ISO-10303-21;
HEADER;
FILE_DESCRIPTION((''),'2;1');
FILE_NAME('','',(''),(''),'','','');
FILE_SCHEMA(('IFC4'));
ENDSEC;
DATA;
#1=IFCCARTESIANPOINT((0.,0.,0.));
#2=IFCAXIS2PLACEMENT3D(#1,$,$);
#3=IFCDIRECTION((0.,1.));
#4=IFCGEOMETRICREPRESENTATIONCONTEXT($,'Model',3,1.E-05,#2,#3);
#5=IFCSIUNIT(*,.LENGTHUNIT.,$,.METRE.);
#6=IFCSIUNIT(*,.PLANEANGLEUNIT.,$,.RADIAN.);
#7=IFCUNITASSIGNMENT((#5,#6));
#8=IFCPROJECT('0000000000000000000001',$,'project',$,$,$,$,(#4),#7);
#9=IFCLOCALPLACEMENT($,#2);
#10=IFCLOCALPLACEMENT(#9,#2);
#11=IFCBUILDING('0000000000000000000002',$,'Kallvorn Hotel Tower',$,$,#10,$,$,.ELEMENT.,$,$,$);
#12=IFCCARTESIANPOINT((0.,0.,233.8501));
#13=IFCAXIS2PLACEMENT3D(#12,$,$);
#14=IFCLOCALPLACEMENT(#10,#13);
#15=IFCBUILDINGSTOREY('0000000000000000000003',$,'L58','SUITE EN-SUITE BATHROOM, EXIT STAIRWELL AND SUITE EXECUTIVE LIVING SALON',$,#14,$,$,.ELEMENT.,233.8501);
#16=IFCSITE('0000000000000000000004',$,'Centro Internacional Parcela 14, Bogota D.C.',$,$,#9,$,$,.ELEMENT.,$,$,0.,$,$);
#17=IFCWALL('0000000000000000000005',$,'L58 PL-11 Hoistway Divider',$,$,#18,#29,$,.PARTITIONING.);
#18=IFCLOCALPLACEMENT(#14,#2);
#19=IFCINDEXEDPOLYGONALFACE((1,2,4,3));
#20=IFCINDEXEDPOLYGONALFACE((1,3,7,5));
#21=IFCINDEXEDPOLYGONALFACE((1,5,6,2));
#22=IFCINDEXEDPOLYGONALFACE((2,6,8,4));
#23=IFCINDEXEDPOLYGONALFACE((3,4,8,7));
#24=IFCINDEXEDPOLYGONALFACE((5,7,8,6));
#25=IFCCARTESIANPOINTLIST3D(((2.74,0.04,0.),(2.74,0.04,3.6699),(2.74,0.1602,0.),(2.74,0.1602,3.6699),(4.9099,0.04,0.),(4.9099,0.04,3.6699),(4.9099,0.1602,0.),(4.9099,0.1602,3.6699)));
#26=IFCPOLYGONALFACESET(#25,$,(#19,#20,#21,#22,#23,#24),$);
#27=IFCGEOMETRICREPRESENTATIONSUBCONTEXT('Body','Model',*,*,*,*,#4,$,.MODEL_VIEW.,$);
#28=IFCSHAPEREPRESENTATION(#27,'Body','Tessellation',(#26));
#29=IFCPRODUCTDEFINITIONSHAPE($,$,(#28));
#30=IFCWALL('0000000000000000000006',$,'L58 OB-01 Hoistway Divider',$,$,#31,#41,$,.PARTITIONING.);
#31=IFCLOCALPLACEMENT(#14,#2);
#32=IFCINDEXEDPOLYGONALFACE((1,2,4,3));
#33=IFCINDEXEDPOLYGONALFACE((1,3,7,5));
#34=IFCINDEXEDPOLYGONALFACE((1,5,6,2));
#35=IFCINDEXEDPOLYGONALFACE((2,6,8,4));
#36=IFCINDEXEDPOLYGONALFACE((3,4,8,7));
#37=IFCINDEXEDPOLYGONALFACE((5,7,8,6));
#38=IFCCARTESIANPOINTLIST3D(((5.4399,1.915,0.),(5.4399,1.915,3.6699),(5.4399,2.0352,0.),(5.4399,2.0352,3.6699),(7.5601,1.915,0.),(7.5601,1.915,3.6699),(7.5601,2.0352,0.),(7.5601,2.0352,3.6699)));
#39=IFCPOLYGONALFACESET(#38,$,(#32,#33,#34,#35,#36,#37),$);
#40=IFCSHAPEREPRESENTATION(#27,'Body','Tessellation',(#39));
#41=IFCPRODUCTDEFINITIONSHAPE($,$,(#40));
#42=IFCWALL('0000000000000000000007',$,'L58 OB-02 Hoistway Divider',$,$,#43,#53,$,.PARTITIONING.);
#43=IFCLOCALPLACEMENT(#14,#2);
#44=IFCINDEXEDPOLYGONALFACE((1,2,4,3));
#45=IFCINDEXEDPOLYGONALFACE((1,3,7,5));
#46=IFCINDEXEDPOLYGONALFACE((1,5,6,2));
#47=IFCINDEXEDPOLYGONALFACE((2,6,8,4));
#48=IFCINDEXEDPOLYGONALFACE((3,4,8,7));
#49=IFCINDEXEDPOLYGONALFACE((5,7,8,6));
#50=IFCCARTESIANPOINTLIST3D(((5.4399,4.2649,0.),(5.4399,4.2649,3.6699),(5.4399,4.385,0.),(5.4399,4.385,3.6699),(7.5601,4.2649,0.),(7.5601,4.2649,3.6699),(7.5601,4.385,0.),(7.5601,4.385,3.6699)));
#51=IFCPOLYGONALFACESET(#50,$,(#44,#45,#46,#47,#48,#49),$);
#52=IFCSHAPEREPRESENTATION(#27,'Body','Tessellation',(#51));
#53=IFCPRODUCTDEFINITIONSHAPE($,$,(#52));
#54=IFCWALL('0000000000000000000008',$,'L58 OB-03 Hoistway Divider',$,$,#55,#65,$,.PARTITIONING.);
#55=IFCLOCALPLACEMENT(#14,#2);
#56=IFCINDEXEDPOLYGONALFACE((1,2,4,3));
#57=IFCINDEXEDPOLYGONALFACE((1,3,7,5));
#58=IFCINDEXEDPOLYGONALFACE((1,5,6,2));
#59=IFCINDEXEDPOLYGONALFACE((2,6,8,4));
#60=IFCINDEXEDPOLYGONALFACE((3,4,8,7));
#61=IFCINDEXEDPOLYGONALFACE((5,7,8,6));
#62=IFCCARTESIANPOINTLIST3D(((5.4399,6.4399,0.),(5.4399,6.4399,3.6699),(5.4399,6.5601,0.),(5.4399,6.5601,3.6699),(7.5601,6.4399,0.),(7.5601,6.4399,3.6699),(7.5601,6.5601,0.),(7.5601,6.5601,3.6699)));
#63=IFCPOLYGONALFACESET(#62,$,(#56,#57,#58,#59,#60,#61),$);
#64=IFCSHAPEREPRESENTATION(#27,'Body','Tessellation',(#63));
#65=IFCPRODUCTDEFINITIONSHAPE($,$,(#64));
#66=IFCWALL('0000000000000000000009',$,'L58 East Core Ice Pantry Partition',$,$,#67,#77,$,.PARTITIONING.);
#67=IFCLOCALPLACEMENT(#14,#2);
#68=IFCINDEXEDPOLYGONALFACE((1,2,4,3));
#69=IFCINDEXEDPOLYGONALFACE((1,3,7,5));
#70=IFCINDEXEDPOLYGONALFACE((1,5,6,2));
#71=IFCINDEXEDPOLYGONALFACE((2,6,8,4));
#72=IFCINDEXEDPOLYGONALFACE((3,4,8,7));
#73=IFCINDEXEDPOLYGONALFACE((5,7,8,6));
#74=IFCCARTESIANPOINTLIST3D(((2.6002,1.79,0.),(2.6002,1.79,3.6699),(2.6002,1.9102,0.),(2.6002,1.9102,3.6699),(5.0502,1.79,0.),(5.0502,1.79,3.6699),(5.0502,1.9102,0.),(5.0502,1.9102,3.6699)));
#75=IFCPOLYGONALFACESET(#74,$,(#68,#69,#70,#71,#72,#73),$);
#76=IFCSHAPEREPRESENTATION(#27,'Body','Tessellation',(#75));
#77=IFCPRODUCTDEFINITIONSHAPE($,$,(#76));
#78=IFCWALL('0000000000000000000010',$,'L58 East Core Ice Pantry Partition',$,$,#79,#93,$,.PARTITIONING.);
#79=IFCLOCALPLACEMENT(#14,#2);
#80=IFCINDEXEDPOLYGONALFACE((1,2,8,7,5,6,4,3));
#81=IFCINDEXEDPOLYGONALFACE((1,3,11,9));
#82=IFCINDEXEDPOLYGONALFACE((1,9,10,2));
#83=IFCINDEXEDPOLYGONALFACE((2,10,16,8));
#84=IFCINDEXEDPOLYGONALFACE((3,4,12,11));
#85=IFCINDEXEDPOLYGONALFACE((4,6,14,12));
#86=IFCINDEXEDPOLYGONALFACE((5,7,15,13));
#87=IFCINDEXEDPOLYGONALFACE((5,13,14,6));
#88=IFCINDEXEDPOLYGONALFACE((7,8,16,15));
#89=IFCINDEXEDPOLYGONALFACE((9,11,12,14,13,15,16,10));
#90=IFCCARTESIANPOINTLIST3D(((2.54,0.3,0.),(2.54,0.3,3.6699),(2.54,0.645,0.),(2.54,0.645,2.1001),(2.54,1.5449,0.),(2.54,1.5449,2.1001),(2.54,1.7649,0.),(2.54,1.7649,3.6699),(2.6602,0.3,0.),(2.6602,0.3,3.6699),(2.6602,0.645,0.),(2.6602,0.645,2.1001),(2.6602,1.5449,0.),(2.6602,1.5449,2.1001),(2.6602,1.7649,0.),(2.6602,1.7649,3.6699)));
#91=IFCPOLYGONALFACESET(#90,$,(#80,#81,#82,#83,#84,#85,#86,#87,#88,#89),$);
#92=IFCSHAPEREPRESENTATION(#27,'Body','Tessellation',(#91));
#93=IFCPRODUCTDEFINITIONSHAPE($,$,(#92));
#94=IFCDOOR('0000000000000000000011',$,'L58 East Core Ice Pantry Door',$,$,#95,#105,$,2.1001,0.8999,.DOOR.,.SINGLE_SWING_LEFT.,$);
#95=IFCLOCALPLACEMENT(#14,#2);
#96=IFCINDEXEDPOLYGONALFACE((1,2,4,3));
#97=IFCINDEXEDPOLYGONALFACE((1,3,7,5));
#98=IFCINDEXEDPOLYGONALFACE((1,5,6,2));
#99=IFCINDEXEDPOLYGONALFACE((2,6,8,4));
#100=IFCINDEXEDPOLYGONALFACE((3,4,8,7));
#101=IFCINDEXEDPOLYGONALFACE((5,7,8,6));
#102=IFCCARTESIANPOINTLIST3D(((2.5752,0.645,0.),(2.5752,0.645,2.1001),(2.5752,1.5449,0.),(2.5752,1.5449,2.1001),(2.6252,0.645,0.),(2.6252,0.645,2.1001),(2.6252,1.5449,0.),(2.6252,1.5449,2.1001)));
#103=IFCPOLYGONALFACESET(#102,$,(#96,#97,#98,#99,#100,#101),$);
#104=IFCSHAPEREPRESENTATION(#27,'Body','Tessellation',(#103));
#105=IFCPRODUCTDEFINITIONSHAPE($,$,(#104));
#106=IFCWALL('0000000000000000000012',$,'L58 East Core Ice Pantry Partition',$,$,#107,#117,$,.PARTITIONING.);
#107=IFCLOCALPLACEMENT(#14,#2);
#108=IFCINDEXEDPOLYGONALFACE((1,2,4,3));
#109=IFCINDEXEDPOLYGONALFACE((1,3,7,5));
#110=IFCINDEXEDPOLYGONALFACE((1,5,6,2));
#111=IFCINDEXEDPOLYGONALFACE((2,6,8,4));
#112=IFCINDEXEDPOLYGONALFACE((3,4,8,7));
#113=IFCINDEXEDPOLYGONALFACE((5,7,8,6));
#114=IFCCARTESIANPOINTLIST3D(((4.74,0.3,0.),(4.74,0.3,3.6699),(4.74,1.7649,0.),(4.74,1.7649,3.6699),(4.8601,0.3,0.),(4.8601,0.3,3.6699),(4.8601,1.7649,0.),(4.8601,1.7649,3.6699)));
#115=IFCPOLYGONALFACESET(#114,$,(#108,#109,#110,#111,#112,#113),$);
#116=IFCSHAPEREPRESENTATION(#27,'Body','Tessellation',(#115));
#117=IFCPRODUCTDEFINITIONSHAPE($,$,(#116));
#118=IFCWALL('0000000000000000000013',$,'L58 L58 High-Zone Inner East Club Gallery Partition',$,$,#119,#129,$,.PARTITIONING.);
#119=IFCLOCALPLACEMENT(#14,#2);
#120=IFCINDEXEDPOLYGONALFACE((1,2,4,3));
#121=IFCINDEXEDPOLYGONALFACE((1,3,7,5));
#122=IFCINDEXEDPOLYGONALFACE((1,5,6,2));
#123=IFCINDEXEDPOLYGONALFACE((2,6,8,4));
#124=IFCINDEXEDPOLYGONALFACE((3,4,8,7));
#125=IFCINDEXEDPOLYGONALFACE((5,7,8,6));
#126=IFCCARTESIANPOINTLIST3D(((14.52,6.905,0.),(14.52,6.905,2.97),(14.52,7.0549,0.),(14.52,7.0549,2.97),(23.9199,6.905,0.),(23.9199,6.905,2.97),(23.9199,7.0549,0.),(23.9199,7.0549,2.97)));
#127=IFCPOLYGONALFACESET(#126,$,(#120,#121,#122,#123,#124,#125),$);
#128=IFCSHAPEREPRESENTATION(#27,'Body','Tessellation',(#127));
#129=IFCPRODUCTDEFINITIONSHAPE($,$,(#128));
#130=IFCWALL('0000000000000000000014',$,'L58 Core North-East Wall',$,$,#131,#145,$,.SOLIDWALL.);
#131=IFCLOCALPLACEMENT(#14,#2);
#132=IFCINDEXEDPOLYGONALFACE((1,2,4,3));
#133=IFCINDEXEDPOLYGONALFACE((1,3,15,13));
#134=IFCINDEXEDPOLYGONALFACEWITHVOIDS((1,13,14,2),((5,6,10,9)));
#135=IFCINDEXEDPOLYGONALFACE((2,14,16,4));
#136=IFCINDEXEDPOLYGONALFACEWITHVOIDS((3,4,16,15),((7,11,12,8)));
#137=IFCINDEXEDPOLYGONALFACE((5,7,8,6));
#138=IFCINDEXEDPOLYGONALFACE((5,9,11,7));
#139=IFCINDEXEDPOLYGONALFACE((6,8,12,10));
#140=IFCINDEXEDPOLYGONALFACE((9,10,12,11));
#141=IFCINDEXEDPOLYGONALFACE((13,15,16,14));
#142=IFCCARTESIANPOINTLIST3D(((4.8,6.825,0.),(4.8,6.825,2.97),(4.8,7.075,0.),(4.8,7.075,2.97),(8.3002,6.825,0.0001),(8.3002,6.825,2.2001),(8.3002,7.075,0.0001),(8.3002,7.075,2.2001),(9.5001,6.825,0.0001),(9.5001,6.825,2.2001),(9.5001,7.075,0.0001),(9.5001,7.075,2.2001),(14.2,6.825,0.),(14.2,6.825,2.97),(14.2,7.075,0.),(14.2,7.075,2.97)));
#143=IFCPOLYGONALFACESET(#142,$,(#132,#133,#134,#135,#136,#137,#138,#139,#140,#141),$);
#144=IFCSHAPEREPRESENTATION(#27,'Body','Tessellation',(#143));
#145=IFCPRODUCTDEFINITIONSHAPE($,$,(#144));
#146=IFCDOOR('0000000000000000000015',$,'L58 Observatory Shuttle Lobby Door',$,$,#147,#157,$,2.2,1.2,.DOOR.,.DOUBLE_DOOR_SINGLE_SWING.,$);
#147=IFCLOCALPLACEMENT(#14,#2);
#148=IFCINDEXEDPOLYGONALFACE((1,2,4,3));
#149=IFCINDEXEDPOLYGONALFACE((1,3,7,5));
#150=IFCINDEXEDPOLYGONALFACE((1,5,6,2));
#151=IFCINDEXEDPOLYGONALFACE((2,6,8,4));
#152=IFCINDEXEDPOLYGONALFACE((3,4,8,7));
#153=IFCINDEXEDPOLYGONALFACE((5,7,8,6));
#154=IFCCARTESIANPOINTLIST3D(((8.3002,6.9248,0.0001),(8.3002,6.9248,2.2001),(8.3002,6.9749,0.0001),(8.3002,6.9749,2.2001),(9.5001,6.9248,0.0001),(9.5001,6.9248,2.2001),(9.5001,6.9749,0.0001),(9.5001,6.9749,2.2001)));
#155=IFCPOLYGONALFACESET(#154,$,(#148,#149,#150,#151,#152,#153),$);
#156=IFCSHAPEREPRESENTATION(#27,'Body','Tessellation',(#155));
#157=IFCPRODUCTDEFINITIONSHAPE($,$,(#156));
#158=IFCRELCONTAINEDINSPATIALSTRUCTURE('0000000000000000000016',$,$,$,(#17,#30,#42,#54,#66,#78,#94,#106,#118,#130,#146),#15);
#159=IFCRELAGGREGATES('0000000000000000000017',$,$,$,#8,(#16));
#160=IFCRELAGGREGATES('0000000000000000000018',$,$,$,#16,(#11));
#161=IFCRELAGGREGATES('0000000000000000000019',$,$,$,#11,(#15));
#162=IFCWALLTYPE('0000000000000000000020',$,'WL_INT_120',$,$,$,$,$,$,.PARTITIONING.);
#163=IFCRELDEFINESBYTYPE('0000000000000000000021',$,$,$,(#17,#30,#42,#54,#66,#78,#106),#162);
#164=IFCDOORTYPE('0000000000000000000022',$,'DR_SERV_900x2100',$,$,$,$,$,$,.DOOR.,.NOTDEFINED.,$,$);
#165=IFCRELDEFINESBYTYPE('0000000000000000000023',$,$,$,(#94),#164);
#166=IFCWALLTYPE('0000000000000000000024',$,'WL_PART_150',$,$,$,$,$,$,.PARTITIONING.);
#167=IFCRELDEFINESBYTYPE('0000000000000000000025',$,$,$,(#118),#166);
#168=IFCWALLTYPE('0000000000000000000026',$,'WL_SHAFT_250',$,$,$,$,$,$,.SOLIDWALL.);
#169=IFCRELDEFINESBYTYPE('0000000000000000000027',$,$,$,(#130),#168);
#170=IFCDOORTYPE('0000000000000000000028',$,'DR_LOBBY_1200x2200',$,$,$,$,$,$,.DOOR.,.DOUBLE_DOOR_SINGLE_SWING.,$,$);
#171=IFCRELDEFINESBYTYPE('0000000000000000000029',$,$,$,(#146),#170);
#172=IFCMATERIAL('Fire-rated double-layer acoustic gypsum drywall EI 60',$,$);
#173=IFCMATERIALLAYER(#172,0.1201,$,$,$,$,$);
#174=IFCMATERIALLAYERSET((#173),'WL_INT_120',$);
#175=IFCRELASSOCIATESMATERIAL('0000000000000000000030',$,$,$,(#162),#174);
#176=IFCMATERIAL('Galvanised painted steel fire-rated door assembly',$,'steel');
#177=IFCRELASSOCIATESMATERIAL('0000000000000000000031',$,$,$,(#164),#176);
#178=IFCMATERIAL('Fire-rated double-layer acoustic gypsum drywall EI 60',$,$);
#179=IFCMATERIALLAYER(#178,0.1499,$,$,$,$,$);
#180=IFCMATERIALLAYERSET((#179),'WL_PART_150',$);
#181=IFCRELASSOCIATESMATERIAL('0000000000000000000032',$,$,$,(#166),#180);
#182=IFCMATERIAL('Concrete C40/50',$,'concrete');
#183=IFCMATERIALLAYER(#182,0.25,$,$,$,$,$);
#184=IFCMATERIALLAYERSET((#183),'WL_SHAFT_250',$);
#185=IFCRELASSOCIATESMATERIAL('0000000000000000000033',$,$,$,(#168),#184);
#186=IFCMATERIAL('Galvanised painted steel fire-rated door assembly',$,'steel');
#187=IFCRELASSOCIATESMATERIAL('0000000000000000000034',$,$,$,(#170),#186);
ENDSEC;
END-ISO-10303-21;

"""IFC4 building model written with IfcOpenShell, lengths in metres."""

from ifc_helpers import new_model, si_unit, direction, frame, frame_2d, origin, place, context, subcontext, project, spatial, rectangle, extrude, material, layer, layer_set, type_object, element, fill, save


model = new_model("IFC4")

# Units and contexts
model_context = context("Model", 3, precision=1e-05, world=origin(), true_north=direction((0.0, 1.0)))
body_context = subcontext(model_context, "Body", "Model", "MODEL_VIEW")
ifc_project = project(units=[si_unit("LENGTHUNIT", "METRE"), si_unit("PLANEANGLEUNIT", "RADIAN")], contexts=[model_context])

# Site, building, storey
site_placement = place(None, origin())
site = spatial("IfcSite", under=ifc_project, at=site_placement, Name="Centro Internacional Parcela 14, Bogota D.C.", CompositionType="ELEMENT", RefElevation=0.0)
building_placement = place(site_placement, origin())
building = spatial("IfcBuilding", under=site, at=building_placement, Name="Kallvorn Hotel Tower", CompositionType="ELEMENT")
storey_placement = place(building_placement, frame((0.0, 0.0, 233.8501)))
storey = spatial("IfcBuildingStorey", under=building, at=storey_placement, Name="L58", Description="SUITE EN-SUITE BATHROOM, EXIT STAIRWELL AND SUITE EXECUTIVE LIVING SALON", CompositionType="ELEMENT", Elevation=233.8501)

# Walls
ifc_material_1 = material(Name="Fire-rated double-layer acoustic gypsum drywall EI 60")
ifc_layer_1 = layer(ifc_material_1, 0.1201)
ifc_layer_set_1 = layer_set([ifc_layer_1], Name="WL_INT_120")
wall_type_1 = type_object("IfcWallType", Name="WL_INT_120", PredefinedType="PARTITIONING", material=ifc_layer_set_1)
wall_1_placement = place(storey_placement, frame((2.74, 0.1001, 0.0), z_axis=(0.0, 0.0, 1.0), x_axis=(1.0, 0.0, 0.0)))
element("IfcWall", 1, at=wall_1_placement, inside=storey, type_object=wall_type_1, Name="L58 PL-11 Hoistway Divider", PredefinedType="PARTITIONING", context=body_context, shape_type="SweptSolid", body=[
    extrude(rectangle(XDim=2.1699, YDim=0.1201, at=frame_2d((1.085, 0.0))), origin(), (0.0, 0.0, 1.0), 3.6699),
])
for number, where, z_axis, x_axis, name in (
    (2, (5.4399, 1.9751, 0.0), (0.0, 0.0, 1.0), (1.0, 0.0, 0.0), "L58 OB-01 Hoistway Divider"),
    (3, (5.4399, 4.325, 0.0), (0.0, 0.0, 1.0), (1.0, 0.0, 0.0), "L58 OB-02 Hoistway Divider"),
    (4, (5.4399, 6.5, 0.0), (0.0, 0.0, 1.0), (1.0, 0.0, 0.0), "L58 OB-03 Hoistway Divider"),
):
    element("IfcWall", number, at=place(storey_placement, frame(where, z_axis=z_axis, x_axis=x_axis)), inside=storey, type_object=wall_type_1, Name=name, PredefinedType="PARTITIONING", context=body_context, shape_type="SweptSolid", body=[
        extrude(rectangle(XDim=2.1201, YDim=0.1201, at=frame_2d((1.0601, 0.0))), origin(), (0.0, 0.0, 1.0), 3.6699),
    ])
wall_2_placement = place(storey_placement, frame((2.6001, 1.8501, 0.0), z_axis=(0.0, 0.0, 1.0), x_axis=(1.0, 0.0, 0.0)))
element("IfcWall", 5, at=wall_2_placement, inside=storey, type_object=wall_type_1, Name="L58 East Core Ice Pantry Partition", PredefinedType="PARTITIONING", context=body_context, shape_type="SweptSolid", body=[
    extrude(rectangle(XDim=2.45, YDim=0.1201, at=frame_2d((1.2251, 0.0))), origin(), (0.0, 0.0, 1.0), 3.6699),
])

# Wall, opening, door
wall_3_placement = place(storey_placement, frame((2.6001, 0.3, 0.0), z_axis=(0.0, 0.0, 1.0), x_axis=(0.0, 1.0, 0.0)))
wall_3 = element("IfcWall", 6, at=wall_3_placement, inside=storey, type_object=wall_type_1, Name="L58 East Core Ice Pantry Partition", PredefinedType="PARTITIONING", context=body_context, shape_type="SweptSolid", body=[
    extrude(rectangle(XDim=1.4648, YDim=0.1201, at=frame_2d((0.7324, 0.0))), origin(), (0.0, 0.0, 1.0), 3.6699),
])
opening_1_placement = place(wall_3_placement, frame((0.345, 0.0, 0.0)))
opening_1 = element("IfcOpeningElement", 7, at=opening_1_placement, cuts=wall_3, PredefinedType="OPENING", context=body_context, shape_type="SweptSolid", body=[
    extrude(rectangle(XDim=0.8999, YDim=2.1001, at=frame_2d((0.45, 1.05))), frame((0.0, 0.075, 0.0), z_axis=(0.0, -1.0, 0.0), x_axis=(1.0, 0.0, 0.0)), (0.0, 0.0, 1.0), 0.1501),
])
ifc_material_2 = material(Name="Galvanised painted steel fire-rated door assembly", Category="steel")
door_type_1 = type_object("IfcDoorType", Name="DR_SERV_900x2100", OperationType="NOTDEFINED", PredefinedType="DOOR", material=ifc_material_2)
door_1_placement = place(opening_1_placement, origin())
door_1 = element("IfcDoor", 8, at=door_1_placement, inside=storey, type_object=door_type_1, Name="L58 East Core Ice Pantry Door", OperationType="SINGLE_SWING_LEFT", OverallHeight=2.1001, OverallWidth=0.8999, PredefinedType="DOOR", context=body_context, shape_type="SweptSolid", body=[
    extrude(rectangle(XDim=0.8999, YDim=2.1001, at=frame_2d((0.45, 1.05))), frame((0.0, 0.0249, 0.0), z_axis=(0.0, -1.0, 0.0), x_axis=(1.0, 0.0, 0.0)), (0.0, 0.0, 1.0), 0.05),
])
fill(opening_1, door_1)

# Walls
wall_4_placement = place(storey_placement, frame((4.8, 0.3, 0.0), z_axis=(0.0, 0.0, 1.0), x_axis=(0.0, 1.0, 0.0)))
element("IfcWall", 9, at=wall_4_placement, inside=storey, type_object=wall_type_1, Name="L58 East Core Ice Pantry Partition", PredefinedType="PARTITIONING", context=body_context, shape_type="SweptSolid", body=[
    extrude(rectangle(XDim=1.4648, YDim=0.1201, at=frame_2d((0.7324, 0.0))), origin(), (0.0, 0.0, 1.0), 3.6699),
])
ifc_material_3 = material(Name="Fire-rated double-layer acoustic gypsum drywall EI 60")
ifc_layer_2 = layer(ifc_material_3, 0.1499)
ifc_layer_set_2 = layer_set([ifc_layer_2], Name="WL_PART_150")
wall_type_2 = type_object("IfcWallType", Name="WL_PART_150", PredefinedType="PARTITIONING", material=ifc_layer_set_2)
wall_5_placement = place(storey_placement, frame((14.52, 6.98, 0.0), z_axis=(0.0, 0.0, 1.0), x_axis=(1.0, 0.0, 0.0)))
element("IfcWall", 10, at=wall_5_placement, inside=storey, type_object=wall_type_2, Name="L58 L58 High-Zone Inner East Club Gallery Partition", PredefinedType="PARTITIONING", context=body_context, shape_type="SweptSolid", body=[
    extrude(rectangle(XDim=9.3999, YDim=0.1499, at=frame_2d((4.7, 0.0))), origin(), (0.0, 0.0, 1.0), 2.97),
])

# Wall, opening, door
ifc_material_4 = material(Name="Concrete C40/50", Category="concrete")
ifc_layer_3 = layer(ifc_material_4, 0.25)
ifc_layer_set_3 = layer_set([ifc_layer_3], Name="WL_SHAFT_250")
wall_type_3 = type_object("IfcWallType", Name="WL_SHAFT_250", PredefinedType="SOLIDWALL", material=ifc_layer_set_3)
wall_6_placement = place(storey_placement, frame((4.8, 6.95, 0.0), z_axis=(0.0, 0.0, 1.0), x_axis=(1.0, 0.0, 0.0)))
wall_6 = element("IfcWall", 11, at=wall_6_placement, inside=storey, type_object=wall_type_3, Name="L58 Core North-East Wall", PredefinedType="SOLIDWALL", context=body_context, shape_type="SweptSolid", body=[
    extrude(rectangle(XDim=9.3999, YDim=0.25, at=frame_2d((4.7, 0.0))), origin(), (0.0, 0.0, 1.0), 2.97),
])
opening_2_placement = place(wall_6_placement, frame((3.5, 0.0, 0.0)))
opening_2 = element("IfcOpeningElement", 12, at=opening_2_placement, cuts=wall_6, PredefinedType="OPENING", context=body_context, shape_type="SweptSolid", body=[
    extrude(rectangle(XDim=1.2, YDim=2.2, at=frame_2d((0.6001, 1.1001))), frame((0.0, 0.1399, 0.0), z_axis=(0.0, -1.0, 0.0), x_axis=(1.0, 0.0, 0.0)), (0.0, 0.0, 1.0), 0.28),
])
ifc_material_5 = material(Name="Galvanised painted steel fire-rated door assembly", Category="steel")
door_type_2 = type_object("IfcDoorType", Name="DR_LOBBY_1200x2200", OperationType="DOUBLE_DOOR_SINGLE_SWING", PredefinedType="DOOR", material=ifc_material_5)
door_2_placement = place(opening_2_placement, origin())
door_2 = element("IfcDoor", 13, at=door_2_placement, inside=storey, type_object=door_type_2, Name="L58 Observatory Shuttle Lobby Door", OperationType="DOUBLE_DOOR_SINGLE_SWING", OverallHeight=2.2, OverallWidth=1.2, PredefinedType="DOOR", context=body_context, shape_type="SweptSolid", body=[
    extrude(rectangle(XDim=1.2, YDim=2.2, at=frame_2d((0.6001, 1.1001))), frame((0.0, 0.0249, 0.0), z_axis=(0.0, -1.0, 0.0), x_axis=(1.0, 0.0, 0.0)), (0.0, 0.0, 1.0), 0.05),
])
fill(opening_2, door_2)

save(model, "model.ifc")
